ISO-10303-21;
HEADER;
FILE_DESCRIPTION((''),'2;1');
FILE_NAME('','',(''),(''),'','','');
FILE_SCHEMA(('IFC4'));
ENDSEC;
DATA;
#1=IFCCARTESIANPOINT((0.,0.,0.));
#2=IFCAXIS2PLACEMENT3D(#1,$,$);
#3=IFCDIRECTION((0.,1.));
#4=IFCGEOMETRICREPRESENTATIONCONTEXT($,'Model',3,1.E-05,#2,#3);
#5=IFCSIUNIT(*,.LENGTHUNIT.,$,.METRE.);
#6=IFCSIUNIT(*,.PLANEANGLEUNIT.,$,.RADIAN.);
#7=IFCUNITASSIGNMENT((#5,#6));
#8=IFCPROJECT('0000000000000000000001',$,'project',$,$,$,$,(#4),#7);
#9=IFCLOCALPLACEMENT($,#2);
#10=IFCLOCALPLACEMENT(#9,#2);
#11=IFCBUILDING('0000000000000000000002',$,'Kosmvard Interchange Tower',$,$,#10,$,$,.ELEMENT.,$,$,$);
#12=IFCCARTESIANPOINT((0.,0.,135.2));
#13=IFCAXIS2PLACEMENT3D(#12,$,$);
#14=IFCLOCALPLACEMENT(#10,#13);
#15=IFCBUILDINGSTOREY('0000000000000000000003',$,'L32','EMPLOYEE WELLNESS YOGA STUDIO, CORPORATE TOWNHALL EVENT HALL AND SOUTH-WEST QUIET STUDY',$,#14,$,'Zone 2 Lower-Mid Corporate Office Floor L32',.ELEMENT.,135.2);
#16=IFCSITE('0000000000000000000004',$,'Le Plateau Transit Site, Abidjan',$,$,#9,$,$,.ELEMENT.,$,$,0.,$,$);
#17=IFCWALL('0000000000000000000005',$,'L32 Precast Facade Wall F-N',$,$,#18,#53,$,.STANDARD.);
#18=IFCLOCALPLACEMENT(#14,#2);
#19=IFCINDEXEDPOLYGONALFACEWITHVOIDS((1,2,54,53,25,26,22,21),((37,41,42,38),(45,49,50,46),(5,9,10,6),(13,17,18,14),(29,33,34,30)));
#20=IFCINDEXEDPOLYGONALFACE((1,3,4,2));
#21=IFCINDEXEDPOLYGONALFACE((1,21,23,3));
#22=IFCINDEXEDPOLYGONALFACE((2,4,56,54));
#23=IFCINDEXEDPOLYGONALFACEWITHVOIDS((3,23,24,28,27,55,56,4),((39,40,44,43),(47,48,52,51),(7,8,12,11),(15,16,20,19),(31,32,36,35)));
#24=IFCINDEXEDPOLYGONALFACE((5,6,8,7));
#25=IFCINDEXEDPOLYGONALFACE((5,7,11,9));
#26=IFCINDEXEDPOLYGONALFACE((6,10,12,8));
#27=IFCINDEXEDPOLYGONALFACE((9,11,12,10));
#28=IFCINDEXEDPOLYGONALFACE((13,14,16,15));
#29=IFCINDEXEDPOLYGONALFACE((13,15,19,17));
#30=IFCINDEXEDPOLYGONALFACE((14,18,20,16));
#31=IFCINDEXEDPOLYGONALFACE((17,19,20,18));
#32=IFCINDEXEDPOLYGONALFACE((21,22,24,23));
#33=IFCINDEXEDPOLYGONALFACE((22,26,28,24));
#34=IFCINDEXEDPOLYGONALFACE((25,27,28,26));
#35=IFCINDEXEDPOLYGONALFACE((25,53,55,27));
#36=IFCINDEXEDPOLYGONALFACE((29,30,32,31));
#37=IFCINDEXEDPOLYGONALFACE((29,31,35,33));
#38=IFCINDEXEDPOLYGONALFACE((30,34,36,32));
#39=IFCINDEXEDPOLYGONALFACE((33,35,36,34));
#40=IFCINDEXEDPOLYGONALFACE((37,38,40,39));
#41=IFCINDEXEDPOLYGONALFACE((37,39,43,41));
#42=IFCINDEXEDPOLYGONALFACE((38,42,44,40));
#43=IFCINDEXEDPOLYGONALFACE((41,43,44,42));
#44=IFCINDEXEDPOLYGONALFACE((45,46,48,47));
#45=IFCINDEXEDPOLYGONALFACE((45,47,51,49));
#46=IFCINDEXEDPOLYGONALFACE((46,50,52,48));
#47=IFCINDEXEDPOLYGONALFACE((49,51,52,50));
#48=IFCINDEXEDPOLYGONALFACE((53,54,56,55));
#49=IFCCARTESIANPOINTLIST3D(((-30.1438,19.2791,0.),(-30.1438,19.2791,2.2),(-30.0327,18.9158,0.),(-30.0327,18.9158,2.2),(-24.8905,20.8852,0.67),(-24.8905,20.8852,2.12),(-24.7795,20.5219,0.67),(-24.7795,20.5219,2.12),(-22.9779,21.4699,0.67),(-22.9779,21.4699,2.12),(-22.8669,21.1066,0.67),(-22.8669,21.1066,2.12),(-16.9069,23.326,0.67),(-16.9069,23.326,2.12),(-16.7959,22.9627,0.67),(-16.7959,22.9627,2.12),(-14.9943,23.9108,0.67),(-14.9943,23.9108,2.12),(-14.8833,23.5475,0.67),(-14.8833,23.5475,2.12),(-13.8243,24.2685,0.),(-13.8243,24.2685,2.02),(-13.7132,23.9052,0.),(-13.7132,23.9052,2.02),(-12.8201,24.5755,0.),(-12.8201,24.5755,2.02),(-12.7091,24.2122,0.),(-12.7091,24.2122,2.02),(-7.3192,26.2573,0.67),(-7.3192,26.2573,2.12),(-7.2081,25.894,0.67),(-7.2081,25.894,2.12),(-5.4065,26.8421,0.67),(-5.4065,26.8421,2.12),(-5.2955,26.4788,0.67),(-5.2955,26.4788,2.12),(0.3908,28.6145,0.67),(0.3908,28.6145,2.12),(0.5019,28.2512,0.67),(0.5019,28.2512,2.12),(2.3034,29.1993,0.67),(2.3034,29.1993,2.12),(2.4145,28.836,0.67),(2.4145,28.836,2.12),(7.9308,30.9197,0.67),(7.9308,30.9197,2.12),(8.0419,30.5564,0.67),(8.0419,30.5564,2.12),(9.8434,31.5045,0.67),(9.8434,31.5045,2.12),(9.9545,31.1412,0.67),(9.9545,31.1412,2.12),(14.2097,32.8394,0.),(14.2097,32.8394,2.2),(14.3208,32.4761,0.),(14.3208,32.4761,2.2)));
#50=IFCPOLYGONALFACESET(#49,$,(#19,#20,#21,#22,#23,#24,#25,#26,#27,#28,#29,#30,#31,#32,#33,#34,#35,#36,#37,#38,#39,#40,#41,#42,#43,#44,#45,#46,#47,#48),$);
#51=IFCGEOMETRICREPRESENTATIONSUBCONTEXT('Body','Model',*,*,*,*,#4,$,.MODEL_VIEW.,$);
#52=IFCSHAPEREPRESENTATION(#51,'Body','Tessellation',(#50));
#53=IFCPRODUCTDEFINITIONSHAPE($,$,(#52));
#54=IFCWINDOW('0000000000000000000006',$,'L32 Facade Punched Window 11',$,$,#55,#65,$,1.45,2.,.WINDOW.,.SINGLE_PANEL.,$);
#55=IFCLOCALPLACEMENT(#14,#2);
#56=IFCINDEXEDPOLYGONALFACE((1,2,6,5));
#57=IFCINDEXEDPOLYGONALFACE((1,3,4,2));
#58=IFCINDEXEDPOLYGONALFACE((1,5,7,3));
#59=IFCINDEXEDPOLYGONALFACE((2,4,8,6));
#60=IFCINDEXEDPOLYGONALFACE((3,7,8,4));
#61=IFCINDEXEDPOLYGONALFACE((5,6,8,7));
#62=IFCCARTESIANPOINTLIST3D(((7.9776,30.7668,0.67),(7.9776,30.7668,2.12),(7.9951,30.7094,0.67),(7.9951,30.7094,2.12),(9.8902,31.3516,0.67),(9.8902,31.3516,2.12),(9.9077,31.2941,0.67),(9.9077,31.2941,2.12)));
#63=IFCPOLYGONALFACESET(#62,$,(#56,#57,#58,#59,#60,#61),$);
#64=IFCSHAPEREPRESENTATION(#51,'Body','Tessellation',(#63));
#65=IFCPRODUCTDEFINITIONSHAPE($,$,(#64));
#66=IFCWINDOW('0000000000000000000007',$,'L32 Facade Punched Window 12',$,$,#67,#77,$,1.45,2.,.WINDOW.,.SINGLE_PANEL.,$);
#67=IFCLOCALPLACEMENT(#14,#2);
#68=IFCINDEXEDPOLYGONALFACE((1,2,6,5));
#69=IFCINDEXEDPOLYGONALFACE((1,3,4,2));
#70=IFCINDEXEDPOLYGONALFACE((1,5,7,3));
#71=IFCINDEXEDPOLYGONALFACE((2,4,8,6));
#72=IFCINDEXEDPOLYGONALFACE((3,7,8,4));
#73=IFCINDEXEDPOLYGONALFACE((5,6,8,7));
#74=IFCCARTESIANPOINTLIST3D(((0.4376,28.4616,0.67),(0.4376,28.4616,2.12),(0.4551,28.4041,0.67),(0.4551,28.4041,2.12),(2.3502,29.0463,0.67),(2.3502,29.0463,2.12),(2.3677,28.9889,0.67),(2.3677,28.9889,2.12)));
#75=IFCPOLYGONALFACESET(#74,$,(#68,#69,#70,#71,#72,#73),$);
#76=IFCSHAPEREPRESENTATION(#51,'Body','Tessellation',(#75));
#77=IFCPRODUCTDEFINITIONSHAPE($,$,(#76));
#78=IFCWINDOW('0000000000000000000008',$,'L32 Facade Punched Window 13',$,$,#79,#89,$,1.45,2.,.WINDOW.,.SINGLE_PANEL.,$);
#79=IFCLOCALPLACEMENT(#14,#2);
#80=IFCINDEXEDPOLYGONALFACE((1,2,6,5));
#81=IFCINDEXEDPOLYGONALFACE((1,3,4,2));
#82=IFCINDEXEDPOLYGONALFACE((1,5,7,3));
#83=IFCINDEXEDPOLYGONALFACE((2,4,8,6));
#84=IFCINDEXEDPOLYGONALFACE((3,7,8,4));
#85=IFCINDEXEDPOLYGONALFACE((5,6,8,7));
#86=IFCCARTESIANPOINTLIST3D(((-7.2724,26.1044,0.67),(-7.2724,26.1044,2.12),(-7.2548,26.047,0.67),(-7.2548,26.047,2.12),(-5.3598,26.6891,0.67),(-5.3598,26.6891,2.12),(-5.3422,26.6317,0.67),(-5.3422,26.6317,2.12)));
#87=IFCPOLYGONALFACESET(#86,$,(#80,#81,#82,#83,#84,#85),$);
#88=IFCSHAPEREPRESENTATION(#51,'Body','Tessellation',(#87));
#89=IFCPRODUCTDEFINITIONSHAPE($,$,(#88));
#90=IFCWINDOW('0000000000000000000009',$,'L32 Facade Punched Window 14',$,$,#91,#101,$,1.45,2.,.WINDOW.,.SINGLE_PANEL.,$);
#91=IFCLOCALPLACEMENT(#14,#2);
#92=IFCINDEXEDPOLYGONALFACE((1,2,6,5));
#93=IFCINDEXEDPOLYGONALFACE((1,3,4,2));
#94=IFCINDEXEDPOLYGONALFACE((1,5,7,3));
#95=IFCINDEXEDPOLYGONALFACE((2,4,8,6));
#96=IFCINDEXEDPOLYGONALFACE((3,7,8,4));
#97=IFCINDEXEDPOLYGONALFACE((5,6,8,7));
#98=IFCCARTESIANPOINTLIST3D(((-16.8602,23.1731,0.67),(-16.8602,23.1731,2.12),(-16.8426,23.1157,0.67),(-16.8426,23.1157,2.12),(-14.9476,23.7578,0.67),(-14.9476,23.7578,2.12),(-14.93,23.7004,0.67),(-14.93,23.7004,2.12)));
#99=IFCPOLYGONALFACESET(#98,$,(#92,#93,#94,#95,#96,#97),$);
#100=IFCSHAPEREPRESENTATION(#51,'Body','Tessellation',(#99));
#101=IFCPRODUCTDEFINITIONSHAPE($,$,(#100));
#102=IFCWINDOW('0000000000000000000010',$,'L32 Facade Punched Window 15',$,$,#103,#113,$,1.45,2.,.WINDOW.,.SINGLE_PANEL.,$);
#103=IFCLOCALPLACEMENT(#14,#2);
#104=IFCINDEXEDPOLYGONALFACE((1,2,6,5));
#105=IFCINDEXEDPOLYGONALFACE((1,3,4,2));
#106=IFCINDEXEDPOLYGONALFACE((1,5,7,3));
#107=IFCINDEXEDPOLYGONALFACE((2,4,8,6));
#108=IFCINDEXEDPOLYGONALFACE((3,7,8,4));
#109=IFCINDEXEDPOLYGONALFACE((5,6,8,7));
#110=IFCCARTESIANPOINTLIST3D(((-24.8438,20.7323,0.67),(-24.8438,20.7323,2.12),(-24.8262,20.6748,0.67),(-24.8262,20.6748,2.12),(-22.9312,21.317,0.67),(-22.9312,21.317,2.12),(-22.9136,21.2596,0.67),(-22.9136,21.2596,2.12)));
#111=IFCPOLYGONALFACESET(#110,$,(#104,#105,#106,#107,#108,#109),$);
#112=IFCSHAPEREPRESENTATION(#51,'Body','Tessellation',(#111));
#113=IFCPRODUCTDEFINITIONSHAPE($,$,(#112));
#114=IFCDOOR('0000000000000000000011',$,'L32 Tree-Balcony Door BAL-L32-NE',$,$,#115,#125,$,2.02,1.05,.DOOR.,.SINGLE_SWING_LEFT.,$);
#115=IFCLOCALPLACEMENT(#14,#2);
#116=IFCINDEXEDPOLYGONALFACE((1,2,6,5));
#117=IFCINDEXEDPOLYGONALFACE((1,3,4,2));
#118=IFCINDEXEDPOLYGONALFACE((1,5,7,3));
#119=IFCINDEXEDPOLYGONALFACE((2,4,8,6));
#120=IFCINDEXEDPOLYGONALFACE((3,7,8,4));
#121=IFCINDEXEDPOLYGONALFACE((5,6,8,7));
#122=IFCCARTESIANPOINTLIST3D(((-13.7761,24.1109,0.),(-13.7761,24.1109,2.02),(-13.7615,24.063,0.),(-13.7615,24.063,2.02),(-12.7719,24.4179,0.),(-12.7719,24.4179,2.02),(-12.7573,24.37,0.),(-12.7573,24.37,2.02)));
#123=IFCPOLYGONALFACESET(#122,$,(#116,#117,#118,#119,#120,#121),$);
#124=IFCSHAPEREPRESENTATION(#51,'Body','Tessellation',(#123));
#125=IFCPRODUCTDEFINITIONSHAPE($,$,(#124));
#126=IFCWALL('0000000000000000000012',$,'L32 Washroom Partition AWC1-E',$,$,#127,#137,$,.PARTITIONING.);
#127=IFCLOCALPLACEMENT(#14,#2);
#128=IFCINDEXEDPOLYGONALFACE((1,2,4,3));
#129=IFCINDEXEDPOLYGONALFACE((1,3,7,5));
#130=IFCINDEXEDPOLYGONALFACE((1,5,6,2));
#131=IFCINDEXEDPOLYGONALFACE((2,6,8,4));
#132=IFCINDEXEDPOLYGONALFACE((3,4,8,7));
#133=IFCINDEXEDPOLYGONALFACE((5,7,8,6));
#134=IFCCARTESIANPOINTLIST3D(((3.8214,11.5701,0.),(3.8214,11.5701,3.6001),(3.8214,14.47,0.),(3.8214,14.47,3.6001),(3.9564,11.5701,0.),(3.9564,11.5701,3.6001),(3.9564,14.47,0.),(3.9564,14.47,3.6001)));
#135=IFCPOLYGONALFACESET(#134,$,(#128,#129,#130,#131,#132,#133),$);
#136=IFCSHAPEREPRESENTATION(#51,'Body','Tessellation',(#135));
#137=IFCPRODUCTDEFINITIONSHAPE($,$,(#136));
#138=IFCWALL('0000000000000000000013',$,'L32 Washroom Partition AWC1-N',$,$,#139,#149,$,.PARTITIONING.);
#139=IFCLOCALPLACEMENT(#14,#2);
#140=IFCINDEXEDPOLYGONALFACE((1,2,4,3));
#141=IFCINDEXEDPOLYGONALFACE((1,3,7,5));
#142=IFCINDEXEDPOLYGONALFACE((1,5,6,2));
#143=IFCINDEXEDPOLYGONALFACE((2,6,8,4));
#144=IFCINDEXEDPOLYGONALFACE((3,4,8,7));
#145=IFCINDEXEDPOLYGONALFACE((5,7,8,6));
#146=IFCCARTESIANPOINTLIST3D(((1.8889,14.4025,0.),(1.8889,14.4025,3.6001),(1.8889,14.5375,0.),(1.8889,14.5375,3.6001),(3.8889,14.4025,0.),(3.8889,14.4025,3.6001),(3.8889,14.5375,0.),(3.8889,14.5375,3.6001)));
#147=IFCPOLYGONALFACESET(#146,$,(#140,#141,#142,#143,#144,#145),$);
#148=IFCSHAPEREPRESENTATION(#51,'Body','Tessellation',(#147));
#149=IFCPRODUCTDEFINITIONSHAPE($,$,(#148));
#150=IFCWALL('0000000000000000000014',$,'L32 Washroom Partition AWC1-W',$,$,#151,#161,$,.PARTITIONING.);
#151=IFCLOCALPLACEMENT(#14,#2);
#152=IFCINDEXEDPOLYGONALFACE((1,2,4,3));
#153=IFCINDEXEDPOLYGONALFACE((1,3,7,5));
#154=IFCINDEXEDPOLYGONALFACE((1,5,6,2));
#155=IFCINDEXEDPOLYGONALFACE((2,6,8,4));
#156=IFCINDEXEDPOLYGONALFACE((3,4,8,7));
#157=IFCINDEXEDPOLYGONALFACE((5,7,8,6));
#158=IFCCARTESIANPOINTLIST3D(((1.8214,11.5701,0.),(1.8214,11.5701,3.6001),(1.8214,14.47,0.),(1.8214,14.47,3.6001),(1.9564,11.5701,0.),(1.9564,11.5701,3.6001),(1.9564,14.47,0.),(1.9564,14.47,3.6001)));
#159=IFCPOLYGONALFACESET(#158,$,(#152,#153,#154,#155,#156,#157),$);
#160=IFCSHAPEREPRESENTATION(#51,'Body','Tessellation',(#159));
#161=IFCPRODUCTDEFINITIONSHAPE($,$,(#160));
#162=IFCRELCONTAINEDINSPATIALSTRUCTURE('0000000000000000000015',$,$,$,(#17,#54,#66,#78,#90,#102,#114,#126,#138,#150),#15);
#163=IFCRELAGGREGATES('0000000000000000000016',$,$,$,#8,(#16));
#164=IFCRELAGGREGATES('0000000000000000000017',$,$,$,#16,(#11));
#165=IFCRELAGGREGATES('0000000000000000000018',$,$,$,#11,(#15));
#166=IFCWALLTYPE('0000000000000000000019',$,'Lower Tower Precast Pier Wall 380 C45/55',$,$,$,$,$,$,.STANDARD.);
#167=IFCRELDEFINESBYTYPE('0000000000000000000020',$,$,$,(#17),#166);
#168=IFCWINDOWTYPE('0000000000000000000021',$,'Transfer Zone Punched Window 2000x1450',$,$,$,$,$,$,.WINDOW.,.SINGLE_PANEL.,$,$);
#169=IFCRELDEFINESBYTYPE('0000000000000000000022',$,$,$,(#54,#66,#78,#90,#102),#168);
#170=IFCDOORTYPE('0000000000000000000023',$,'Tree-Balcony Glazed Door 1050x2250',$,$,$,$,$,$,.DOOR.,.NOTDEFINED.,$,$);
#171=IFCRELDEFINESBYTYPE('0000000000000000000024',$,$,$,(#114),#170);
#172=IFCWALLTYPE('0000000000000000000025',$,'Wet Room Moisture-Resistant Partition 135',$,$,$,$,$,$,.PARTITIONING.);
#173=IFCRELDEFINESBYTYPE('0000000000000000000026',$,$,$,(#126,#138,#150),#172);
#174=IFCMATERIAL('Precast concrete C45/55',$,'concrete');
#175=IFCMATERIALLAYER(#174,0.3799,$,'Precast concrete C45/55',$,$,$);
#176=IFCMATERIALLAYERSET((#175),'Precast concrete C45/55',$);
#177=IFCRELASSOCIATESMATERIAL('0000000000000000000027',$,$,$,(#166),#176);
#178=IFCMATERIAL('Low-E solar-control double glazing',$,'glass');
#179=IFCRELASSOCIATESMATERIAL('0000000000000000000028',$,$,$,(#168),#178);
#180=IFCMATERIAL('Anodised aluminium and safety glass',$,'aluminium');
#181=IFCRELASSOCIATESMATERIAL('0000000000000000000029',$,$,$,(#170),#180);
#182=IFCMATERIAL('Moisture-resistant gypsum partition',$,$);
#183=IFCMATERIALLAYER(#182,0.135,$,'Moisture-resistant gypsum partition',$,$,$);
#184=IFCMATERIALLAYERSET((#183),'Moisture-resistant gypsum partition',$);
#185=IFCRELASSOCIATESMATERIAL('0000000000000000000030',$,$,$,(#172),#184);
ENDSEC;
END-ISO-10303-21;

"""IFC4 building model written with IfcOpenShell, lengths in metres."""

from ifc_helpers import new_model, si_unit, direction, frame, frame_2d, origin, place, context, subcontext, project, spatial, rectangle, extrude, source, transform, mapped, material, layer, layer_set, type_object, element, fill, save


model = new_model("IFC4")

# Units and contexts
model_context = context("Model", 3, precision=1e-05, world=origin(), true_north=direction((0.0, 1.0)))
body_context = subcontext(model_context, "Body", "Model", "MODEL_VIEW")
ifc_project = project(units=[si_unit("LENGTHUNIT", "METRE"), si_unit("PLANEANGLEUNIT", "RADIAN")], contexts=[model_context])

# Site, building, storey
site_placement = place(None, origin())
site = spatial("IfcSite", under=ifc_project, at=site_placement, Name="Le Plateau Transit Site, Abidjan", CompositionType="ELEMENT", RefElevation=0.0)
building_placement = place(site_placement, origin())
building = spatial("IfcBuilding", under=site, at=building_placement, Name="Kosmvard Interchange Tower", CompositionType="ELEMENT")
storey_placement = place(building_placement, frame((0.0, 0.0, 135.2)))
storey = spatial("IfcBuildingStorey", under=building, at=storey_placement, Name="L32", Description="EMPLOYEE WELLNESS YOGA STUDIO, CORPORATE TOWNHALL EVENT HALL AND SOUTH-WEST QUIET STUDY", LongName="Zone 2 Lower-Mid Corporate Office Floor L32", CompositionType="ELEMENT", Elevation=135.2)

# Shared definitions
ifc_material_1 = material(Name="Precast concrete C45/55", Category="concrete")

# Shared definitions
ifc_layer_1 = layer(ifc_material_1, 0.3799, Name="Precast concrete C45/55")
ifc_layer_set_1 = layer_set([ifc_layer_1], Name="Precast concrete C45/55")
wall_type_1 = type_object("IfcWallType", Name="Lower Tower Precast Pier Wall 380 C45/55", PredefinedType="STANDARD", material=ifc_layer_set_1)

# Wall, openings, windows, door
wall_1_placement = place(storey_placement, frame((14.2651, 32.6577, 0.0), z_axis=(0.0, 0.0, 1.0), x_axis=(-0.956304, -0.292373, 0.0)))
wall_1 = element("IfcWall", 1, at=wall_1_placement, inside=storey, type_object=wall_type_1, Name="L32 Precast Facade Wall F-N", PredefinedType="STANDARD", context=body_context, shape_type="SweptSolid", body=[
    extrude(rectangle(XDim=46.3801, YDim=0.3799, at=frame_2d((23.1899, 0.0))), origin(), (0.0, 0.0, 1.0), 2.2),
])
opening_1_placement = place(wall_1_placement, frame((28.2649, 0.0, 0.0)))
opening_1 = element("IfcOpeningElement", 2, at=opening_1_placement, cuts=wall_1, PredefinedType="OPENING", context=body_context, shape_type="SweptSolid", body=[
    extrude(rectangle(XDim=1.05, YDim=2.02, at=frame_2d((0.5249, 1.01))), frame((0.0, 0.2, 0.0), z_axis=(0.0, -1.0, 0.0), x_axis=(1.0, 0.0, 0.0)), (0.0, 0.0, 1.0), 0.3999),
])
opening_2_placement = place(wall_1_placement, frame((4.5657, 0.0, 0.6699)))
opening_2 = element("IfcOpeningElement", 3, at=opening_2_placement, cuts=wall_1, PredefinedType="OPENING", context=body_context, shape_type="SweptSolid", body=[
    extrude(rectangle(XDim=2.0, YDim=1.45, at=frame_2d((1.0, 0.7251))), frame((0.0, 0.2, 0.0), z_axis=(0.0, -1.0, 0.0), x_axis=(1.0, 0.0, 0.0)), (0.0, 0.0, 1.0), 0.3999),
])
opening_3_placement = place(wall_1_placement, frame((12.4502, 0.0, 0.6699)))
opening_3 = element("IfcOpeningElement", 4, at=opening_3_placement, cuts=wall_1, PredefinedType="OPENING", context=body_context, shape_type="SweptSolid", body=[
    extrude(rectangle(XDim=2.0, YDim=1.45, at=frame_2d((1.0, 0.7251))), frame((0.0, 0.2, 0.0), z_axis=(0.0, -1.0, 0.0), x_axis=(1.0, 0.0, 0.0)), (0.0, 0.0, 1.0), 0.3999),
])
opening_4_placement = place(wall_1_placement, frame((20.5125, 0.0, 0.6699)))
opening_4 = element("IfcOpeningElement", 5, at=opening_4_placement, cuts=wall_1, PredefinedType="OPENING", context=body_context, shape_type="SweptSolid", body=[
    extrude(rectangle(XDim=2.0, YDim=1.45, at=frame_2d((1.0, 0.7251))), frame((0.0, 0.2, 0.0), z_axis=(0.0, -1.0, 0.0), x_axis=(1.0, 0.0, 0.0)), (0.0, 0.0, 1.0), 0.3999),
])
opening_5_placement = place(wall_1_placement, frame((30.5383, 0.0, 0.6699)))
opening_5 = element("IfcOpeningElement", 6, at=opening_5_placement, cuts=wall_1, PredefinedType="OPENING", context=body_context, shape_type="SweptSolid", body=[
    extrude(rectangle(XDim=2.0, YDim=1.45, at=frame_2d((1.0, 0.7251))), frame((0.0, 0.2, 0.0), z_axis=(0.0, -1.0, 0.0), x_axis=(1.0, 0.0, 0.0)), (0.0, 0.0, 1.0), 0.3999),
])
opening_6_placement = place(wall_1_placement, frame((38.8867, 0.0, 0.6699)))
opening_6 = element("IfcOpeningElement", 7, at=opening_6_placement, cuts=wall_1, PredefinedType="OPENING", context=body_context, shape_type="SweptSolid", body=[
    extrude(rectangle(XDim=2.0, YDim=1.45, at=frame_2d((1.0, 0.7251))), frame((0.0, 0.2, 0.0), z_axis=(0.0, -1.0, 0.0), x_axis=(1.0, 0.0, 0.0)), (0.0, 0.0, 1.0), 0.3999),
])
ifc_material_2 = material(Name="Low-E solar-control double glazing", Category="glass")
window_type = type_object("IfcWindowType", Name="Transfer Zone Punched Window 2000x1450", PartitioningType="SINGLE_PANEL", PredefinedType="WINDOW", material=ifc_material_2)
shared_shape_1 = source(origin(), body_context, "Body", "SweptSolid", [
    extrude(rectangle(XDim=2.0, YDim=1.45, at=frame_2d((1.0, 0.7251))), frame((0.0, 0.03, 0.0), z_axis=(0.0, -1.0, 0.0), x_axis=(1.0, 0.0, 0.0)), (0.0, 0.0, 1.0), 0.0601),
])
window_1_placement = place(opening_2_placement, origin())
window_1 = element("IfcWindow", 8, at=window_1_placement, inside=storey, type_object=window_type, Name="L32 Facade Punched Window 11", OverallHeight=1.45, OverallWidth=2.0, PartitioningType="SINGLE_PANEL", PredefinedType="WINDOW", context=body_context, shape_type="MappedRepresentation", body=[
    mapped(shared_shape_1, transform((0.0, 0.0, 0.0), scale=1.0)),
])
fill(opening_2, window_1)
window_2_placement = place(opening_3_placement, origin())
window_2 = element("IfcWindow", 9, at=window_2_placement, inside=storey, type_object=window_type, Name="L32 Facade Punched Window 12", OverallHeight=1.45, OverallWidth=2.0, PartitioningType="SINGLE_PANEL", PredefinedType="WINDOW", context=body_context, shape_type="MappedRepresentation", body=[
    mapped(shared_shape_1, transform((0.0, 0.0, 0.0), scale=1.0)),
])
fill(opening_3, window_2)
window_3_placement = place(opening_4_placement, origin())
window_3 = element("IfcWindow", 10, at=window_3_placement, inside=storey, type_object=window_type, Name="L32 Facade Punched Window 13", OverallHeight=1.45, OverallWidth=2.0, PartitioningType="SINGLE_PANEL", PredefinedType="WINDOW", context=body_context, shape_type="MappedRepresentation", body=[
    mapped(shared_shape_1, transform((0.0, 0.0, 0.0), scale=1.0)),
])
fill(opening_4, window_3)
window_4_placement = place(opening_5_placement, origin())
window_4 = element("IfcWindow", 11, at=window_4_placement, inside=storey, type_object=window_type, Name="L32 Facade Punched Window 14", OverallHeight=1.45, OverallWidth=2.0, PartitioningType="SINGLE_PANEL", PredefinedType="WINDOW", context=body_context, shape_type="MappedRepresentation", body=[
    mapped(shared_shape_1, transform((0.0, 0.0, 0.0), scale=1.0)),
])
fill(opening_5, window_4)
window_5_placement = place(opening_6_placement, origin())
window_5 = element("IfcWindow", 12, at=window_5_placement, inside=storey, type_object=window_type, Name="L32 Facade Punched Window 15", OverallHeight=1.45, OverallWidth=2.0, PartitioningType="SINGLE_PANEL", PredefinedType="WINDOW", context=body_context, shape_type="MappedRepresentation", body=[
    mapped(shared_shape_1, transform((0.0, 0.0, 0.0), scale=1.0)),
])
fill(opening_6, window_5)
ifc_material_3 = material(Name="Anodised aluminium and safety glass", Category="aluminium")
door_type = type_object("IfcDoorType", Name="Tree-Balcony Glazed Door 1050x2250", OperationType="NOTDEFINED", PredefinedType="DOOR", material=ifc_material_3)
shared_shape_2 = source(origin(), body_context, "Body", "SweptSolid", [
    extrude(rectangle(XDim=1.05, YDim=2.02, at=frame_2d((0.5249, 1.01))), frame((0.0, 0.0249, 0.0), z_axis=(0.0, -1.0, 0.0), x_axis=(1.0, 0.0, 0.0)), (0.0, 0.0, 1.0), 0.05),
])
door_placement = place(opening_1_placement, origin())
door = element("IfcDoor", 13, at=door_placement, inside=storey, type_object=door_type, Name="L32 Tree-Balcony Door BAL-L32-NE", OperationType="SINGLE_SWING_LEFT", OverallHeight=2.02, OverallWidth=1.05, PredefinedType="DOOR", context=body_context, shape_type="MappedRepresentation", body=[
    mapped(shared_shape_2, transform((0.0, 0.0, 0.0), scale=1.0)),
])
fill(opening_1, door)

# Walls
ifc_material_4 = material(Name="Moisture-resistant gypsum partition")
ifc_layer_2 = layer(ifc_material_4, 0.135, Name="Moisture-resistant gypsum partition")
ifc_layer_set_2 = layer_set([ifc_layer_2], Name="Moisture-resistant gypsum partition")
wall_type_2 = type_object("IfcWallType", Name="Wet Room Moisture-Resistant Partition 135", PredefinedType="PARTITIONING", material=ifc_layer_set_2)
wall_2_placement = place(storey_placement, frame((3.8889, 11.5701, 0.0), z_axis=(0.0, 0.0, 1.0), x_axis=(0.0, 1.0, 0.0)))
element("IfcWall", 14, at=wall_2_placement, inside=storey, type_object=wall_type_2, Name="L32 Washroom Partition AWC1-E", PredefinedType="PARTITIONING", context=body_context, shape_type="SweptSolid", body=[
    extrude(rectangle(XDim=2.8999, YDim=0.135, at=frame_2d((1.45, 0.0))), origin(), (0.0, 0.0, 1.0), 3.6001),
])
wall_3_placement = place(storey_placement, frame((1.8889, 14.47, 0.0), z_axis=(0.0, 0.0, 1.0), x_axis=(1.0, 0.0, 0.0)))
element("IfcWall", 15, at=wall_3_placement, inside=storey, type_object=wall_type_2, Name="L32 Washroom Partition AWC1-N", PredefinedType="PARTITIONING", context=body_context, shape_type="SweptSolid", body=[
    extrude(rectangle(XDim=2.0, YDim=0.135, at=frame_2d((1.0, 0.0))), origin(), (0.0, 0.0, 1.0), 3.6001),
])
wall_4_placement = place(storey_placement, frame((1.8889, 11.5701, 0.0), z_axis=(0.0, 0.0, 1.0), x_axis=(0.0, 1.0, 0.0)))
element("IfcWall", 16, at=wall_4_placement, inside=storey, type_object=wall_type_2, Name="L32 Washroom Partition AWC1-W", PredefinedType="PARTITIONING", context=body_context, shape_type="SweptSolid", body=[
    extrude(rectangle(XDim=2.8999, YDim=0.135, at=frame_2d((1.45, 0.0))), origin(), (0.0, 0.0, 1.0), 3.6001),
])

save(model, "model.ifc")
